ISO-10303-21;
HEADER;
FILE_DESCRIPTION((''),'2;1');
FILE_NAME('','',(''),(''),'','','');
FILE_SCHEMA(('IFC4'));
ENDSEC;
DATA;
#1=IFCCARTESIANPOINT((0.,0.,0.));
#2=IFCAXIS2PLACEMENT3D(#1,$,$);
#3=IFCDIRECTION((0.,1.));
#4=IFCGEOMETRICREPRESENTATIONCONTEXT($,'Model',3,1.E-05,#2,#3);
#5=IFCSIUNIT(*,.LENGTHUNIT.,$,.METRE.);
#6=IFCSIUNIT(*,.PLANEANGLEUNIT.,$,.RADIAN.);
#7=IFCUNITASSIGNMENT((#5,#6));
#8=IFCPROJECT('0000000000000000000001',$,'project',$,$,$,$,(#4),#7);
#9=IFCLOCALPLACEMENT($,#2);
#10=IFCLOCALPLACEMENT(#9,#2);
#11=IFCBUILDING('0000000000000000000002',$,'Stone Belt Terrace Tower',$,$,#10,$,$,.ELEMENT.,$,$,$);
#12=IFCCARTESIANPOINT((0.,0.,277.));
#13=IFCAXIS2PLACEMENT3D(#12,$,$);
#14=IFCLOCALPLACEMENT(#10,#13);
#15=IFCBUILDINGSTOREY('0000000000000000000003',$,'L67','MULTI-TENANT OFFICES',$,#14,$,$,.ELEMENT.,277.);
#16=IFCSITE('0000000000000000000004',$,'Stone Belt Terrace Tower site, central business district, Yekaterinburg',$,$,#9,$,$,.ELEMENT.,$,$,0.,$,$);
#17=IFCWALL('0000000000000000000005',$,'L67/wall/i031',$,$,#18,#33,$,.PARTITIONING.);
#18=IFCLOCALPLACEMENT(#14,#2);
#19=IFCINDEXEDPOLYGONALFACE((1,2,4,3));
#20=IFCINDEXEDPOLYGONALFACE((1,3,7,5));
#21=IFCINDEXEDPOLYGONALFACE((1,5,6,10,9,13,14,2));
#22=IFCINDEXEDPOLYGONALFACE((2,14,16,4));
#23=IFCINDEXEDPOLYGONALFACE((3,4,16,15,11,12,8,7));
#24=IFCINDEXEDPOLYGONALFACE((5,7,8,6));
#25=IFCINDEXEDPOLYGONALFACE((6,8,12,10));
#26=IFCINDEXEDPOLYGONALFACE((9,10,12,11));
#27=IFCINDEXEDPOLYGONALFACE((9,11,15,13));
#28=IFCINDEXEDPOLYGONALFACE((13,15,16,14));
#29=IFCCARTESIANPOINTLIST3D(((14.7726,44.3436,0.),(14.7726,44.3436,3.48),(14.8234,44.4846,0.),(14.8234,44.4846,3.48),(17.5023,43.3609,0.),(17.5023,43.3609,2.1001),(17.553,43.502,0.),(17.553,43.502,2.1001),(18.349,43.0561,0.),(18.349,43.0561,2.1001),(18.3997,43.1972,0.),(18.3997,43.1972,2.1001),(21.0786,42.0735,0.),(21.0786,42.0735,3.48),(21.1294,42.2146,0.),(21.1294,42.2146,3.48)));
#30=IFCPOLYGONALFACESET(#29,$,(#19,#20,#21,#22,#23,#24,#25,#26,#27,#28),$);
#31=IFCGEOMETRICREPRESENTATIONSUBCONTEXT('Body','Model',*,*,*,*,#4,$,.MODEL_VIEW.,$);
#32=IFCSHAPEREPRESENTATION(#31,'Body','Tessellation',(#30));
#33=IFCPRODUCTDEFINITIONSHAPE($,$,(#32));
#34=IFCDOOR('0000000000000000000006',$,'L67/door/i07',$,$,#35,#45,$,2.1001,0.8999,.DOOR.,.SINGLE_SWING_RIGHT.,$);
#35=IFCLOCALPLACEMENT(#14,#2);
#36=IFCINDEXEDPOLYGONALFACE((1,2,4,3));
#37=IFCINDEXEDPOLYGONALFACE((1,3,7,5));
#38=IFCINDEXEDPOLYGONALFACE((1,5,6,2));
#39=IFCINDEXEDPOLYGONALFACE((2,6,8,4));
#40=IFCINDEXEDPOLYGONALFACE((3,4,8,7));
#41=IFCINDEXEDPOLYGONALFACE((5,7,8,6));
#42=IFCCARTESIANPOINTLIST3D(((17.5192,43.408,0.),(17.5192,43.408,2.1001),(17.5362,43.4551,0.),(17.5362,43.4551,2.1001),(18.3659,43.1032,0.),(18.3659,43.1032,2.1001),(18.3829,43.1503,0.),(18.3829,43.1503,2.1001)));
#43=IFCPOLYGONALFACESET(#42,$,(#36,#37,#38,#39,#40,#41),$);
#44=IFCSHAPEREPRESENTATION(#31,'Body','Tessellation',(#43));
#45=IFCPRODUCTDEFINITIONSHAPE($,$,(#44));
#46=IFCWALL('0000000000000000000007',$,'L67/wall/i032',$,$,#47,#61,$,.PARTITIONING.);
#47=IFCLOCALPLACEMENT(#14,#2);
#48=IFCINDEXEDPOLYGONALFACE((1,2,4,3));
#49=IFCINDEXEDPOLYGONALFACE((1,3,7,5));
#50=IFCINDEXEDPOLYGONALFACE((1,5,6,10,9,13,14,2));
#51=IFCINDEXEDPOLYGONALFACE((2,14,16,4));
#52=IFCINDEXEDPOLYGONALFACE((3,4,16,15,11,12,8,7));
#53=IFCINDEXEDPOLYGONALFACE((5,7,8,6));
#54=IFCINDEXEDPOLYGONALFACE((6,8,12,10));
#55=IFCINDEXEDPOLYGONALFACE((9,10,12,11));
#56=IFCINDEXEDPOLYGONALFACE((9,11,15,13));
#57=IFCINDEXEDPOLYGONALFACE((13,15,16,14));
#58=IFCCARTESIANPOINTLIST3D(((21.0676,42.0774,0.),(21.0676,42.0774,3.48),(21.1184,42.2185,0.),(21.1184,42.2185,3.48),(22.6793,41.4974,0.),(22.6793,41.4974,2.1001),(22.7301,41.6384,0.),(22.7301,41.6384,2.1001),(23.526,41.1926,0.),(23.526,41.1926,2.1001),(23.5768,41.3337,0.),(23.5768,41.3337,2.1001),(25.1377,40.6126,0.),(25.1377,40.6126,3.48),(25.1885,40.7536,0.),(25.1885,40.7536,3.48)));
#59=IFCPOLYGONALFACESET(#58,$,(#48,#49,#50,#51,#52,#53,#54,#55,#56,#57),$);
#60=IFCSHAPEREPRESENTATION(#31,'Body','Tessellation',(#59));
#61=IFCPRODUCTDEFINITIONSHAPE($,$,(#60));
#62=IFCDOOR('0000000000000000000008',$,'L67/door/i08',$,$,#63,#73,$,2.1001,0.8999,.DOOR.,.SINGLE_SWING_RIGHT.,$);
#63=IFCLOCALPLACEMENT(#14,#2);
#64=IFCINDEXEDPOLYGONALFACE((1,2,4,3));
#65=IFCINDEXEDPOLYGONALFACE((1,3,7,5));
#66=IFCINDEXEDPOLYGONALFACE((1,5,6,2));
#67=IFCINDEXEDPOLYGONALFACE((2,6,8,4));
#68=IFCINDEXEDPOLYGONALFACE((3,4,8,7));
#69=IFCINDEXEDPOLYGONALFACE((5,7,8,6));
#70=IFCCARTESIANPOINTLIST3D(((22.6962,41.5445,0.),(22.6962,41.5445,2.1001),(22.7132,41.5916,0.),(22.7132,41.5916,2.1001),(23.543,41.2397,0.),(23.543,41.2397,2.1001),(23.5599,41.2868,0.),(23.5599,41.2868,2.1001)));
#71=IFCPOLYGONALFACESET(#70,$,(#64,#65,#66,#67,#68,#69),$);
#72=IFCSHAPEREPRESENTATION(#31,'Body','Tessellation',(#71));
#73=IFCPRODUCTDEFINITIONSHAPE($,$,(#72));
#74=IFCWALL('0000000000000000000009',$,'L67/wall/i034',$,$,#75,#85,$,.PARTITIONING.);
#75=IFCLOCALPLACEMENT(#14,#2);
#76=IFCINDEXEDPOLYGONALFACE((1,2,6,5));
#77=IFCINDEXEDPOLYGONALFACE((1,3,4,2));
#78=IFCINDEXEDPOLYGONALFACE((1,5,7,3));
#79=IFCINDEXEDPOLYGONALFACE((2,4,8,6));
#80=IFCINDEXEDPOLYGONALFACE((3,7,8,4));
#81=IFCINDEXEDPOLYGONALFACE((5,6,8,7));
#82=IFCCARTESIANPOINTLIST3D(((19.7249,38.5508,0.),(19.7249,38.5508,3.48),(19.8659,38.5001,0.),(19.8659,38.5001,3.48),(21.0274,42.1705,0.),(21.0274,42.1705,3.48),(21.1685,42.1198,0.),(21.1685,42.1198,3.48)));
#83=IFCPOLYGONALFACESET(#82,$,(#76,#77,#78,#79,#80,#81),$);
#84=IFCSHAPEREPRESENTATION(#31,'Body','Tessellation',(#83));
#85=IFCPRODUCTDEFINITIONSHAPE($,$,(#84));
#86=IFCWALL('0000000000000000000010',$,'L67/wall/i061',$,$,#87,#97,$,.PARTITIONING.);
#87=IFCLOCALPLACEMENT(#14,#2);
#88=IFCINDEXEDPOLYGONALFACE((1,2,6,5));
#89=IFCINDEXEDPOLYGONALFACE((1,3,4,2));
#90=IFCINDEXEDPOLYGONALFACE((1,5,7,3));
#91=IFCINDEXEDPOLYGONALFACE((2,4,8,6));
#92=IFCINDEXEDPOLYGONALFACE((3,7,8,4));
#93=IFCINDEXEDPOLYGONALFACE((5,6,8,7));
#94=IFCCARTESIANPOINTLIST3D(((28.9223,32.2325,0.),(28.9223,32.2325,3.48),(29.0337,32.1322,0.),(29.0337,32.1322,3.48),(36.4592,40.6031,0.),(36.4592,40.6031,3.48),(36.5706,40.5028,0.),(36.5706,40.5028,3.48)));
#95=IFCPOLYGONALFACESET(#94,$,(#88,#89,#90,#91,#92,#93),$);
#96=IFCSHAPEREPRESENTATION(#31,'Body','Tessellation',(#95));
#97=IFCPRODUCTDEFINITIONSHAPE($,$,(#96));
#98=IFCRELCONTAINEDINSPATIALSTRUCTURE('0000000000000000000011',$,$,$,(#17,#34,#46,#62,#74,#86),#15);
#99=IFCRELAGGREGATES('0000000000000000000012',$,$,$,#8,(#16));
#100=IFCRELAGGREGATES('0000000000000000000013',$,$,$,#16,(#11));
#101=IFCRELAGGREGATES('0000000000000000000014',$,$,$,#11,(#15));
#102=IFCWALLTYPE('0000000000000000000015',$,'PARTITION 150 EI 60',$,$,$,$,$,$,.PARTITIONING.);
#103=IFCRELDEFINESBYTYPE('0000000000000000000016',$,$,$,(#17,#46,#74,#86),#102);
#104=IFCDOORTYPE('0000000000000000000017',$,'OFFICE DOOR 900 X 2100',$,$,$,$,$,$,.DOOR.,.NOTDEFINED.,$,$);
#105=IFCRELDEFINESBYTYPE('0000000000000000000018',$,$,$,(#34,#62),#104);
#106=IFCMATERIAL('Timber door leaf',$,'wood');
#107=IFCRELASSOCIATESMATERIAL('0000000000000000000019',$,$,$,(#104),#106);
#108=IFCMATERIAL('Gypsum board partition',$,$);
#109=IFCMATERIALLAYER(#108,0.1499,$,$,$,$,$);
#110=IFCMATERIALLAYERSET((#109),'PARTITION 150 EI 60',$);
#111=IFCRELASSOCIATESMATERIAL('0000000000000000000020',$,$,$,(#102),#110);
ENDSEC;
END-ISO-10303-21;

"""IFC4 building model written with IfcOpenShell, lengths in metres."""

from ifc_helpers import new_model, si_unit, direction, frame, frame_2d, origin, place, context, subcontext, project, spatial, rectangle, extrude, material, layer, layer_set, type_object, element, fill, save


model = new_model("IFC4")

# Units and contexts
model_context = context("Model", 3, precision=1e-05, world=origin(), true_north=direction((0.0, 1.0)))
body_context = subcontext(model_context, "Body", "Model", "MODEL_VIEW")
ifc_project = project(units=[si_unit("LENGTHUNIT", "METRE"), si_unit("PLANEANGLEUNIT", "RADIAN")], contexts=[model_context])

# Site, building, storey
site_placement = place(None, origin())
site = spatial("IfcSite", under=ifc_project, at=site_placement, Name="Stone Belt Terrace Tower site, central business district, Yekaterinburg", CompositionType="ELEMENT", RefElevation=0.0)
building_placement = place(site_placement, origin())
building = spatial("IfcBuilding", under=site, at=building_placement, Name="Stone Belt Terrace Tower", CompositionType="ELEMENT")
storey_placement = place(building_placement, frame((0.0, 0.0, 277.0)))
storey = spatial("IfcBuildingStorey", under=building, at=storey_placement, Name="L67", Description="MULTI-TENANT OFFICES", CompositionType="ELEMENT", Elevation=277.0)

# Shared definitions
ifc_material_1 = material(Name="Gypsum board partition")
ifc_material_2 = material(Name="Timber door leaf", Category="wood")
door_type_1 = type_object("IfcDoorType", Name="OFFICE DOOR 900 X 2100", OperationType="NOTDEFINED", PredefinedType="DOOR", material=ifc_material_2)

# Shared definitions
ifc_layer_1 = layer(ifc_material_1, 0.1499)
ifc_layer_set_1 = layer_set([ifc_layer_1], Name="PARTITION 150 EI 60")
wall_type_1 = type_object("IfcWallType", Name="PARTITION 150 EI 60", PredefinedType="PARTITIONING", material=ifc_layer_set_1)

# Walls, openings, doors
wall_1_placement = place(storey_placement, frame((21.104, 42.144, 0.0), z_axis=(0.0, 0.0, 1.0), x_axis=(-0.940893, 0.338705, 0.0)))
wall_1 = element("IfcWall", 1, at=wall_1_placement, inside=storey, type_object=wall_type_1, Name="L67/wall/i031", PredefinedType="PARTITIONING", context=body_context, shape_type="SweptSolid", body=[
    extrude(rectangle(XDim=6.7021, YDim=0.1499, at=frame_2d((3.3511, 0.0))), origin(), (0.0, 0.0, 1.0), 3.48),
])
opening_1_placement = place(wall_1_placement, frame((2.9011, 0.0, 0.0)))
opening_1 = element("IfcOpeningElement", 2, at=opening_1_placement, cuts=wall_1, PredefinedType="OPENING", context=body_context, shape_type="SweptSolid", body=[
    extrude(rectangle(XDim=0.8999, YDim=2.1001, at=frame_2d((0.45, 1.05))), frame((0.0, 0.085, 0.0), z_axis=(0.0, -1.0, 0.0), x_axis=(1.0, 0.0, 0.0)), (0.0, 0.0, 1.0), 0.1699),
])
door_1_placement = place(opening_1_placement, origin())
door_1 = element("IfcDoor", 3, at=door_1_placement, inside=storey, type_object=door_type_1, Name="L67/door/i07", OperationType="SINGLE_SWING_RIGHT", OverallHeight=2.1001, OverallWidth=0.8999, PredefinedType="DOOR", context=body_context, shape_type="SweptSolid", body=[
    extrude(rectangle(XDim=0.8999, YDim=2.1001, at=frame_2d((0.45, 1.05))), frame((0.0, 0.0249, 0.0), z_axis=(0.0, -1.0, 0.0), x_axis=(1.0, 0.0, 0.0)), (0.0, 0.0, 1.0), 0.05),
])
fill(opening_1, door_1)
wall_2_placement = place(storey_placement, frame((25.1631, 40.6831, 0.0), z_axis=(0.0, 0.0, 1.0), x_axis=(-0.940915, 0.338642, 0.0)))
wall_2 = element("IfcWall", 4, at=wall_2_placement, inside=storey, type_object=wall_type_1, Name="L67/wall/i032", PredefinedType="PARTITIONING", context=body_context, shape_type="SweptSolid", body=[
    extrude(rectangle(XDim=4.3257, YDim=0.1499, at=frame_2d((2.1628, 0.0))), origin(), (0.0, 0.0, 1.0), 3.48),
])
opening_2_placement = place(wall_2_placement, frame((1.7129, 0.0, 0.0)))
opening_2 = element("IfcOpeningElement", 5, at=opening_2_placement, cuts=wall_2, PredefinedType="OPENING", context=body_context, shape_type="SweptSolid", body=[
    extrude(rectangle(XDim=0.8999, YDim=2.1001, at=frame_2d((0.45, 1.05))), frame((0.0, 0.085, 0.0), z_axis=(0.0, -1.0, 0.0), x_axis=(1.0, 0.0, 0.0)), (0.0, 0.0, 1.0), 0.1699),
])
door_2_placement = place(opening_2_placement, origin())
door_2 = element("IfcDoor", 6, at=door_2_placement, inside=storey, type_object=door_type_1, Name="L67/door/i08", OperationType="SINGLE_SWING_RIGHT", OverallHeight=2.1001, OverallWidth=0.8999, PredefinedType="DOOR", context=body_context, shape_type="SweptSolid", body=[
    extrude(rectangle(XDim=0.8999, YDim=2.1001, at=frame_2d((0.45, 1.05))), frame((0.0, 0.0249, 0.0), z_axis=(0.0, -1.0, 0.0), x_axis=(1.0, 0.0, 0.0)), (0.0, 0.0, 1.0), 0.05),
])
fill(opening_2, door_2)

# Walls
wall_3_placement = place(storey_placement, frame((21.0979, 42.145, 0.0), z_axis=(0.0, 0.0, 1.0), x_axis=(-0.338587, -0.940935, 0.0)))
element("IfcWall", 7, at=wall_3_placement, inside=storey, type_object=wall_type_1, Name="L67/wall/i034", PredefinedType="PARTITIONING", context=body_context, shape_type="SweptSolid", body=[
    extrude(rectangle(XDim=3.8469, YDim=0.1499, at=frame_2d((1.9233, 0.0))), origin(), (0.0, 0.0, 1.0), 3.48),
])
wall_4_placement = place(storey_placement, frame((28.978, 32.1824, 0.0), z_axis=(0.0, 0.0, 1.0), x_axis=(0.669128, 0.743148, 0.0)))
element("IfcWall", 8, at=wall_4_placement, inside=storey, type_object=wall_type_1, Name="L67/wall/i061", PredefinedType="PARTITIONING", context=body_context, shape_type="SweptSolid", body=[
    extrude(rectangle(XDim=11.2637, YDim=0.1499, at=frame_2d((5.6318, 0.0))), origin(), (0.0, 0.0, 1.0), 3.48),
])

save(model, "model.ifc")
